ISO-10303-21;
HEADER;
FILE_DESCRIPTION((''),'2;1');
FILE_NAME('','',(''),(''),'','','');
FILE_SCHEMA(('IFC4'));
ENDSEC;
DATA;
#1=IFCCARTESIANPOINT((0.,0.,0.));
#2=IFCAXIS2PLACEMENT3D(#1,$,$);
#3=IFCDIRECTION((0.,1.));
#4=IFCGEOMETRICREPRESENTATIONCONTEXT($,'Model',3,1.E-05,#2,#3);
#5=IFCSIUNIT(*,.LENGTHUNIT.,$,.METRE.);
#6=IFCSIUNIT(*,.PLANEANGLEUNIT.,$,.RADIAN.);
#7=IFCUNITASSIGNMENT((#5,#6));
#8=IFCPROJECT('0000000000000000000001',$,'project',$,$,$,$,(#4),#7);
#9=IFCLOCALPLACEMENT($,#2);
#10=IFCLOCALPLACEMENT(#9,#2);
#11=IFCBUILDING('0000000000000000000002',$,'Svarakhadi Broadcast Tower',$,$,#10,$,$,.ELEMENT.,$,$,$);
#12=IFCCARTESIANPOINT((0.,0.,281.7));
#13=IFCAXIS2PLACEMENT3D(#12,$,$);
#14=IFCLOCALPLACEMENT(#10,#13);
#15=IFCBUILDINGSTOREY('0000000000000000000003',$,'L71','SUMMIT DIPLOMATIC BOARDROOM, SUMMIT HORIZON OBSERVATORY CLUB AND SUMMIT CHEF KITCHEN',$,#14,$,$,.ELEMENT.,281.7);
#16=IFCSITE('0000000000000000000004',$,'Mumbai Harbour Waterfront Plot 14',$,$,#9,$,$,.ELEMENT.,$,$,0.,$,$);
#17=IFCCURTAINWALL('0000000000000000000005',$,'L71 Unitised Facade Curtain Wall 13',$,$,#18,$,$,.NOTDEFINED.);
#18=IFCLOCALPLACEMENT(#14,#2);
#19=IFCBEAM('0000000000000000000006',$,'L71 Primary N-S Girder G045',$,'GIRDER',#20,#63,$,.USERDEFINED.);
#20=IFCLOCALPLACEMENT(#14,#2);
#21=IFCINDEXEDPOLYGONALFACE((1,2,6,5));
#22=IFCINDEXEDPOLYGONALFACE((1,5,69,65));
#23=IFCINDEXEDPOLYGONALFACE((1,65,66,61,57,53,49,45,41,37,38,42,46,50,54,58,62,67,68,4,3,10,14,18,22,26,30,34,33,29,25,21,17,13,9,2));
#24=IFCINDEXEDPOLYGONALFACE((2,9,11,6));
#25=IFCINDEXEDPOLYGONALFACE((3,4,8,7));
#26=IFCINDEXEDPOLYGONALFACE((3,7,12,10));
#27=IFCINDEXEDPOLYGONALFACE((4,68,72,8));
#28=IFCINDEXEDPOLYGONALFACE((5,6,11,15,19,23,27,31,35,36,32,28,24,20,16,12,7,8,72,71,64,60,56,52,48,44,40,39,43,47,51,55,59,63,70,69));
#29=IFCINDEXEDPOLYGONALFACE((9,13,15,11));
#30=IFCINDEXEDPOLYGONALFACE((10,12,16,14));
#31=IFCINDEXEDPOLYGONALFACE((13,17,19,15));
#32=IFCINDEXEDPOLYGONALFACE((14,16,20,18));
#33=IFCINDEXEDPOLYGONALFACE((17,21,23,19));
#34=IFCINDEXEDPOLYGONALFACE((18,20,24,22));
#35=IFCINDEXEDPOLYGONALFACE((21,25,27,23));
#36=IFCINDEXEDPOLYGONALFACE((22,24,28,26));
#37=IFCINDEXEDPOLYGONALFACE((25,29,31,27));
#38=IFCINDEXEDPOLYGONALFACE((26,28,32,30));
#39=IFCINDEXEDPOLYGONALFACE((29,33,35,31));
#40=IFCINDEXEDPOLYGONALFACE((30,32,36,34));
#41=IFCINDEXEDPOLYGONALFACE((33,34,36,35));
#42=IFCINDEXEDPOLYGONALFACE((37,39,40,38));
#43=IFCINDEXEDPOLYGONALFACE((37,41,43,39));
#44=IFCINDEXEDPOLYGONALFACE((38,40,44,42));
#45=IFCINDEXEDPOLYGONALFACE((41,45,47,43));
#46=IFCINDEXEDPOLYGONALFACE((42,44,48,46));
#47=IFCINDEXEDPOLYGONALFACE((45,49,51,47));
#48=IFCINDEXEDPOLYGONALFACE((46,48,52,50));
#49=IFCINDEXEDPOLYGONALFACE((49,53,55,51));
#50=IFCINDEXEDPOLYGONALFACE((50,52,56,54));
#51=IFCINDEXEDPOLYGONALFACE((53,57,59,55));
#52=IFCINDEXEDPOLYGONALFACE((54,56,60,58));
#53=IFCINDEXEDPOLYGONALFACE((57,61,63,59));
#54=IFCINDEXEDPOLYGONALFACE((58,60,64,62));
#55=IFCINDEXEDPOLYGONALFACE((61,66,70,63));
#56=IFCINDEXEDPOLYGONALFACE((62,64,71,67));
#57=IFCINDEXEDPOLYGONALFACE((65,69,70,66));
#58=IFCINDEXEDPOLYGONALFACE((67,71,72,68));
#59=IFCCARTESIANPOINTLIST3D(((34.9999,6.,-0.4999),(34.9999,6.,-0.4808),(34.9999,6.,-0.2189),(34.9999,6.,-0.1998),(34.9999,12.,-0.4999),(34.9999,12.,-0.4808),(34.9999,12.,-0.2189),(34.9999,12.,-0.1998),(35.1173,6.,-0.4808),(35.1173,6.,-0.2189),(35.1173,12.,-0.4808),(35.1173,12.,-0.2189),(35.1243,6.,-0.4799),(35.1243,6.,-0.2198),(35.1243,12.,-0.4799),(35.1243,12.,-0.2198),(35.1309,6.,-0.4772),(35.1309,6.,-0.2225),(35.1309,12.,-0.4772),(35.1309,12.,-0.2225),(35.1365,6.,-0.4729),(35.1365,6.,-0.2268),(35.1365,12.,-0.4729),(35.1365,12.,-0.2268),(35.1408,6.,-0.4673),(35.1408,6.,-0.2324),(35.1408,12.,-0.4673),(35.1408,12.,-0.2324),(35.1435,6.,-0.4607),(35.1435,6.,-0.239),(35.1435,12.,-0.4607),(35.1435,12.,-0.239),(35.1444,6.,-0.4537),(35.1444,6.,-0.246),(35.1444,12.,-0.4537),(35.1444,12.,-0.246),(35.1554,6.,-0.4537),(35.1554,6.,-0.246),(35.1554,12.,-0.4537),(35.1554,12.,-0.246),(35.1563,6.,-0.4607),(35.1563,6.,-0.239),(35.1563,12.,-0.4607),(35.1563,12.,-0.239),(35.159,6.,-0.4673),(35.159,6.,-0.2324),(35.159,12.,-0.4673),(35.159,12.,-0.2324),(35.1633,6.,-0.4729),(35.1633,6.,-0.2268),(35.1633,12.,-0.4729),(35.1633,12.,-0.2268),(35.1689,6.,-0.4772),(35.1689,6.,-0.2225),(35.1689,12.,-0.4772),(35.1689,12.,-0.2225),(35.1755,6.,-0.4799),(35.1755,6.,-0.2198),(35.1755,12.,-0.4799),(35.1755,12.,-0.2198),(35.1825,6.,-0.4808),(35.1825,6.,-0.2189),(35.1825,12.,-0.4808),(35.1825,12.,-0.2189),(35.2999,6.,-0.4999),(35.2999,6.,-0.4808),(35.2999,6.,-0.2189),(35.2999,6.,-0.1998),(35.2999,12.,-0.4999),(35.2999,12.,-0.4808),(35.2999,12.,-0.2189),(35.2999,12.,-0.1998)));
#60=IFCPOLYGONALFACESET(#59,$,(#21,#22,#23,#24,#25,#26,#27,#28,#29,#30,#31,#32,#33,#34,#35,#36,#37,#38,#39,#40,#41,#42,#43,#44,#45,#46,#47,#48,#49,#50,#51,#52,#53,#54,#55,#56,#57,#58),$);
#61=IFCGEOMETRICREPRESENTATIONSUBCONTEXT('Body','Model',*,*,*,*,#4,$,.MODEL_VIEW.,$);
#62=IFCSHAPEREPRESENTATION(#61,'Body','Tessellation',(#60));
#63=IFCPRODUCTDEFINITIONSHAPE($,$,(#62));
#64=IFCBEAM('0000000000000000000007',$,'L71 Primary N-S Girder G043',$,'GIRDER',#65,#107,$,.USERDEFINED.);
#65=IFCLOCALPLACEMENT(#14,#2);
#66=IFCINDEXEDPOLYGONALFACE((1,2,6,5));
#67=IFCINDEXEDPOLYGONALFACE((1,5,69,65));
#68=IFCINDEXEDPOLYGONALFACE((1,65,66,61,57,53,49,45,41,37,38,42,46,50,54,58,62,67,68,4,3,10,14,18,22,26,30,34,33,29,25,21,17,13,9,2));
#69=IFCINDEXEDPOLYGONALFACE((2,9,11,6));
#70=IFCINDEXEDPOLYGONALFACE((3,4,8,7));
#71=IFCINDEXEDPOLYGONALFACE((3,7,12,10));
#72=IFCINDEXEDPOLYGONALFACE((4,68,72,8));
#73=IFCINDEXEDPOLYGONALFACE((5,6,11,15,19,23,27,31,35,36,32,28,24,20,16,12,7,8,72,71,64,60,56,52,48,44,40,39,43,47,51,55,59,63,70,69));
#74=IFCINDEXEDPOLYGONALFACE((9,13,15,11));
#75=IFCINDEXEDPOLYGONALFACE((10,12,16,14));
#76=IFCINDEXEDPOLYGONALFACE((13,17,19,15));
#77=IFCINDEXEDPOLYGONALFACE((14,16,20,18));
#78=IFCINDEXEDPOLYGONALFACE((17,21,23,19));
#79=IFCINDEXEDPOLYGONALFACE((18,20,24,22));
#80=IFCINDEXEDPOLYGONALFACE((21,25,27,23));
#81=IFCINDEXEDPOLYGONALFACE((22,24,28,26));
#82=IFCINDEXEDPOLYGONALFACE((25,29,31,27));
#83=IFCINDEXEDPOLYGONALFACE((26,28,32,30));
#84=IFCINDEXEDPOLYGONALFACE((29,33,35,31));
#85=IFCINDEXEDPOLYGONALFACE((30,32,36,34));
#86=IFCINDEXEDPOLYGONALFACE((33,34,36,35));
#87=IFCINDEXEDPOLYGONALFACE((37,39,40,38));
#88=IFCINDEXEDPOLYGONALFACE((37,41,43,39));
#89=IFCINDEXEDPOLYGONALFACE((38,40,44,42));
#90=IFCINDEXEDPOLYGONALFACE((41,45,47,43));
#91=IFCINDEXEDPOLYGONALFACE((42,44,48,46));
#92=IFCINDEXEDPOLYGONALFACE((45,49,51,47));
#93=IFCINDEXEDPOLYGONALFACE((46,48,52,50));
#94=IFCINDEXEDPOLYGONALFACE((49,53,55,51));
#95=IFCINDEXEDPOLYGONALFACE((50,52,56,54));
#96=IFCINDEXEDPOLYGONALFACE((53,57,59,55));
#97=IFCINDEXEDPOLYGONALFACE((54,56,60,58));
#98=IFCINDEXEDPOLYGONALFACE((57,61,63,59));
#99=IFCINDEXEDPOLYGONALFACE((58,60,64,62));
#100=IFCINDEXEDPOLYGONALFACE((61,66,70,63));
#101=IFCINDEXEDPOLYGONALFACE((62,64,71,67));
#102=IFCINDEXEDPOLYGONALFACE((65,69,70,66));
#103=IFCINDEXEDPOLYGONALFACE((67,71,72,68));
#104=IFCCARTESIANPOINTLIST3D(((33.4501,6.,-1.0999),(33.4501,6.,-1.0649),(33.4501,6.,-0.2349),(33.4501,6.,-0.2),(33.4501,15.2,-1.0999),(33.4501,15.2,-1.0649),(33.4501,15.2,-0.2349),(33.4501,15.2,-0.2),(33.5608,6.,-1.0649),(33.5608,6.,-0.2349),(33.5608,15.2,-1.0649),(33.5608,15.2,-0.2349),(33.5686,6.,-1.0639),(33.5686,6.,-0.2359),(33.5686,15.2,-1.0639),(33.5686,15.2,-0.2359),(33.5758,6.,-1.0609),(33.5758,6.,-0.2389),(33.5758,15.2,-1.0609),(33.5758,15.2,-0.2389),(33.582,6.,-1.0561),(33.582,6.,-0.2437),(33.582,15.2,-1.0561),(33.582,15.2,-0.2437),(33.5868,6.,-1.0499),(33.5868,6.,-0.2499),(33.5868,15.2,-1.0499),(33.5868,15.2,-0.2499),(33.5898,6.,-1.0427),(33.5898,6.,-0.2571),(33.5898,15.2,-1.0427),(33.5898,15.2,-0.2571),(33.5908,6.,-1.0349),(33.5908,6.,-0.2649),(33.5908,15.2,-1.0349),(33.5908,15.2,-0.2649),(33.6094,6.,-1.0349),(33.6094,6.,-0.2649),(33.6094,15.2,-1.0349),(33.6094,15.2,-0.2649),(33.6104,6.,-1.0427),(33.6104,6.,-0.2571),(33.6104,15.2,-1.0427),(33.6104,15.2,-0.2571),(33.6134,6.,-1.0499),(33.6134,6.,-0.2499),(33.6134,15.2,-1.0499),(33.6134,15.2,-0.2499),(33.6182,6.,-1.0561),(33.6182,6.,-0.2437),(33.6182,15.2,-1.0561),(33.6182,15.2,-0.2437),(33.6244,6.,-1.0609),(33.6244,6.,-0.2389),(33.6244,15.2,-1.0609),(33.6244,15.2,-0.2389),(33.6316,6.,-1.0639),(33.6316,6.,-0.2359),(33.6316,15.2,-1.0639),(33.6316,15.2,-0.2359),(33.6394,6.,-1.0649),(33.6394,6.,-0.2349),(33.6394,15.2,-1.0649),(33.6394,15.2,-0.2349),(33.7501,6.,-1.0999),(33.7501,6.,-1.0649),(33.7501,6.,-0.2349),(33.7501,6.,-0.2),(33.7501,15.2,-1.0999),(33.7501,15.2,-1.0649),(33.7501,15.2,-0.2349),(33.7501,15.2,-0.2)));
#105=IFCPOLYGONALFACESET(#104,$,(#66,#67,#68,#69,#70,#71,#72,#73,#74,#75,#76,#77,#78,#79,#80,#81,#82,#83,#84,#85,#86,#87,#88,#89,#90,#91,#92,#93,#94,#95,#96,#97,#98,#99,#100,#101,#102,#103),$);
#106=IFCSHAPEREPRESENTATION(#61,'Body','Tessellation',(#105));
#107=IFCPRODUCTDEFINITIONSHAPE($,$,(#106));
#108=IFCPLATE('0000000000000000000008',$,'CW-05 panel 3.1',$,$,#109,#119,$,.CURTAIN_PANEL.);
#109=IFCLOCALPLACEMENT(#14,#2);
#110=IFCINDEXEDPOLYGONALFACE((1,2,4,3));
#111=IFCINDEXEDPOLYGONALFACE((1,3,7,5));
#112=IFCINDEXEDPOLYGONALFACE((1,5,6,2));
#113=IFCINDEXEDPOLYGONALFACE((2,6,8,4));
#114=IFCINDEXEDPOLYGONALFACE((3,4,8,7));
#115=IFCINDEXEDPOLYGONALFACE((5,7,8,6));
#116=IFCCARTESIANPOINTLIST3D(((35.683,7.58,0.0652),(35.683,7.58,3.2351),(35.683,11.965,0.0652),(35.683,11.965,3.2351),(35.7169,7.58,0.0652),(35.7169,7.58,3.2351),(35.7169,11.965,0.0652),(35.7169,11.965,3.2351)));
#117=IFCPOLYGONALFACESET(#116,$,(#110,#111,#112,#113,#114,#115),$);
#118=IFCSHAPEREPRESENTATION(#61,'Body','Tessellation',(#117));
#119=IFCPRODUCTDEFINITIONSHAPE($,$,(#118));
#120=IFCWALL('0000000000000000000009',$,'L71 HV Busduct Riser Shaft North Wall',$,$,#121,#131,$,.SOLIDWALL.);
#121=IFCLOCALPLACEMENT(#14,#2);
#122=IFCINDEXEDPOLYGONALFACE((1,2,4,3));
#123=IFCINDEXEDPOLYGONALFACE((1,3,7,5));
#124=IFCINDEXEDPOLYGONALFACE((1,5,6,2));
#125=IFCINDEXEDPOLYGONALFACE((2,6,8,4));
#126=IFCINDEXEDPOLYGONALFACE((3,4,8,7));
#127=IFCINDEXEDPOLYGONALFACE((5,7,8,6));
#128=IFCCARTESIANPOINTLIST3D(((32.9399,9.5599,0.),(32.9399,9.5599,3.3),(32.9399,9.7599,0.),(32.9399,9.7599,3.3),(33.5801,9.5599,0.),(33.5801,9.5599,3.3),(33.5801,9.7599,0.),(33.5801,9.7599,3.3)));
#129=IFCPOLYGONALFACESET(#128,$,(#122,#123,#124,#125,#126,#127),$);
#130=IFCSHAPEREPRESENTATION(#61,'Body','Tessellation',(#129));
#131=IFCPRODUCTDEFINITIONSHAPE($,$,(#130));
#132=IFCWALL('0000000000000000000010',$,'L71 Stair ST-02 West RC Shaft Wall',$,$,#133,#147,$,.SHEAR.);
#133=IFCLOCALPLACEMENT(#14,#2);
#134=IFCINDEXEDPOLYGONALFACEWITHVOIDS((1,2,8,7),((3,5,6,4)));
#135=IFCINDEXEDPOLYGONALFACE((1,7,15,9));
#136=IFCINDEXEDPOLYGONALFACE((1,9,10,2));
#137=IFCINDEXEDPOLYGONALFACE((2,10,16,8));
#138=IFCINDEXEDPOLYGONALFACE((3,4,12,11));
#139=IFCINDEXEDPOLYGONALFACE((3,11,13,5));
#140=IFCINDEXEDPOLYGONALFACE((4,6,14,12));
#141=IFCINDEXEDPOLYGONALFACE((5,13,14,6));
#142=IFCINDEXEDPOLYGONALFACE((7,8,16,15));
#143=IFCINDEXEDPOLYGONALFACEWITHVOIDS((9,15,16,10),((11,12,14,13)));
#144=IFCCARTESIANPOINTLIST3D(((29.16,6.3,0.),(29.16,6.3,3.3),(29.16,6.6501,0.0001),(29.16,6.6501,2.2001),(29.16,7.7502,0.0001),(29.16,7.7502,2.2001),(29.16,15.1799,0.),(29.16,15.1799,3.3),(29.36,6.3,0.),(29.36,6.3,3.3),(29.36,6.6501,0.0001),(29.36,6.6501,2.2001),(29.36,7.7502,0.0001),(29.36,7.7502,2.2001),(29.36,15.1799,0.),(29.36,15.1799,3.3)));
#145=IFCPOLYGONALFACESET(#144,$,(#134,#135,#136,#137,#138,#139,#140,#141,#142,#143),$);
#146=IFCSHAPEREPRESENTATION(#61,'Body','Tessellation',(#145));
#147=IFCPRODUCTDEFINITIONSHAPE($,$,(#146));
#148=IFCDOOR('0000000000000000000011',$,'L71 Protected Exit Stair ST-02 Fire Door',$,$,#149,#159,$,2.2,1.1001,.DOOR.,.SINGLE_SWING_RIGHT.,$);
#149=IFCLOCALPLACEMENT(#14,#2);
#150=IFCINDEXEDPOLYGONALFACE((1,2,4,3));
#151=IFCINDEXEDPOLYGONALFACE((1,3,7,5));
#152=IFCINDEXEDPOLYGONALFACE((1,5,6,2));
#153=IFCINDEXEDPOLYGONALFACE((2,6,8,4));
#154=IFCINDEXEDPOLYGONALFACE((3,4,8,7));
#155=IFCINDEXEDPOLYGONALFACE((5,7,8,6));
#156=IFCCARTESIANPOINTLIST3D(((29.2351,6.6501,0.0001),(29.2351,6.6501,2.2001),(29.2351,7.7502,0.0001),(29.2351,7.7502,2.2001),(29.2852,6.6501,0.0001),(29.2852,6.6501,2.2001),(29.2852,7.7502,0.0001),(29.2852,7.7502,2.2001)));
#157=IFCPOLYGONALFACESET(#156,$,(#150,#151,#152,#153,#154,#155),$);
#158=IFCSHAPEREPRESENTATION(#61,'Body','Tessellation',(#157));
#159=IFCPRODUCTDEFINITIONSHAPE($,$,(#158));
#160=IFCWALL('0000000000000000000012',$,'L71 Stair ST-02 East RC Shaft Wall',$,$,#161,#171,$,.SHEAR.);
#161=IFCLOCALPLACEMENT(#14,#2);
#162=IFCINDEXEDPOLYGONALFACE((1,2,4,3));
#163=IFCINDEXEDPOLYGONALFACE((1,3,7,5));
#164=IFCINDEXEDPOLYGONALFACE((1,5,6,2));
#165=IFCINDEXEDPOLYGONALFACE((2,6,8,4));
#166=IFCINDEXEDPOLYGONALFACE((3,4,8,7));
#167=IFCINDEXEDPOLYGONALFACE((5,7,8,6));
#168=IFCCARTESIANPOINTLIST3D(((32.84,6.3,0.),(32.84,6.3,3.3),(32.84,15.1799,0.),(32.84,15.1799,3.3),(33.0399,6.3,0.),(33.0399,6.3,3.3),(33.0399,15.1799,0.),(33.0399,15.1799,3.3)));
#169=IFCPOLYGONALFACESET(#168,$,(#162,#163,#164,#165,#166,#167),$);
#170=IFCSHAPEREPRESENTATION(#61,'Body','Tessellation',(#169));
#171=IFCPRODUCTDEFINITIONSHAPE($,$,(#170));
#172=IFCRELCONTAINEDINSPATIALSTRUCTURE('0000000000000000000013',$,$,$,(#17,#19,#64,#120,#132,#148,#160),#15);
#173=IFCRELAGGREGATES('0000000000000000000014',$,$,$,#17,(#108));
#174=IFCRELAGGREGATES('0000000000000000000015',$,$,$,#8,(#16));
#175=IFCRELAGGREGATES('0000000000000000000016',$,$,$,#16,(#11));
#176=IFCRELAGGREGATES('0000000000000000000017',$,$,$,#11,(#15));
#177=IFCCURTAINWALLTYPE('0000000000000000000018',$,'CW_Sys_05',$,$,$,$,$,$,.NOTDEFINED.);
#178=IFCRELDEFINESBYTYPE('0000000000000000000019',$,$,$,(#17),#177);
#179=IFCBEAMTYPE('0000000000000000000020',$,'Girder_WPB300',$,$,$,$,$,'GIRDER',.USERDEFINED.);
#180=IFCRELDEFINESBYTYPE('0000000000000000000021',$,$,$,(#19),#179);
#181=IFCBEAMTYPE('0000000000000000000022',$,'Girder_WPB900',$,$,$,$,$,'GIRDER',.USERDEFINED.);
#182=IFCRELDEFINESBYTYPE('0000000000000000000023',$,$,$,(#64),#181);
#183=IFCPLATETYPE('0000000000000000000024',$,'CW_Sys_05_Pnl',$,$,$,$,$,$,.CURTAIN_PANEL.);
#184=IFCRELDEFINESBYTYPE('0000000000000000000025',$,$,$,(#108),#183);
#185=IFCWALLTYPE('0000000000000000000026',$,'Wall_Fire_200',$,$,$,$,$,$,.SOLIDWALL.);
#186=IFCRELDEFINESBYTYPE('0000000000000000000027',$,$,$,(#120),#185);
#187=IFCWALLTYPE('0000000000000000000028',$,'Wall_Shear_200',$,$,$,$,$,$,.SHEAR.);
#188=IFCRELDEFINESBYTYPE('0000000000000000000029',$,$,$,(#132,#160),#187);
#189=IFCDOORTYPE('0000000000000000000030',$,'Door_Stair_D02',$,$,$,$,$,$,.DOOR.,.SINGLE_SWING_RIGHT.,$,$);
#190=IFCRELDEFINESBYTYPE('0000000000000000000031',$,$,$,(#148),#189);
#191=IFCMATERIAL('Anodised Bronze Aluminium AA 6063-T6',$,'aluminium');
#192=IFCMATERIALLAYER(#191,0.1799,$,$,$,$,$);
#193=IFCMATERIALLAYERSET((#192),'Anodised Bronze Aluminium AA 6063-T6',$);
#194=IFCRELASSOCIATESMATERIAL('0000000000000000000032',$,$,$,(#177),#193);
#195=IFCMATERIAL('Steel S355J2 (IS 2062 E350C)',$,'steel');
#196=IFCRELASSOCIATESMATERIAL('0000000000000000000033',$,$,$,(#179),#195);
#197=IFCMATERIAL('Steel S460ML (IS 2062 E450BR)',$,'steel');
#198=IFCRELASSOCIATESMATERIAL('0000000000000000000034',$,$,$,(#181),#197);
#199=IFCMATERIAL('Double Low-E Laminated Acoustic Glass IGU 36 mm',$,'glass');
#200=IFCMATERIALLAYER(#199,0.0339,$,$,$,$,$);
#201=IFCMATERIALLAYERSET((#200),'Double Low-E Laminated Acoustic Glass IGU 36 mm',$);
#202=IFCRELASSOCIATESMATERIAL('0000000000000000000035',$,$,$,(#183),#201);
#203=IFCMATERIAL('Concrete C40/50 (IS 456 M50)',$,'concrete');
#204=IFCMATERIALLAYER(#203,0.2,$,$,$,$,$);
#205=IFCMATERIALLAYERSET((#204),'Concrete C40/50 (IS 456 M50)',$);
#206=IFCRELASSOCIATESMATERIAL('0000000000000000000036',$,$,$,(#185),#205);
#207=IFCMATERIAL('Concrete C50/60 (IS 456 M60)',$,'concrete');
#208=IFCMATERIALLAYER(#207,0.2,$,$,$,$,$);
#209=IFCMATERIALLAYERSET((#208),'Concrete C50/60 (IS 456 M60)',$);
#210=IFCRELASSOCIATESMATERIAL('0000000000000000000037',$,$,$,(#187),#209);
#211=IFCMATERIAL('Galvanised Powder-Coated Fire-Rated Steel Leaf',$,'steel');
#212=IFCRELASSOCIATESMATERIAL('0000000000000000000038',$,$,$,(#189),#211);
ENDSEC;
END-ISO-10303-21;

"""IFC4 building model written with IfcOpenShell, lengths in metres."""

from ifc_helpers import new_model, si_unit, direction, frame, frame_2d, origin, origin_2d, place, context, subcontext, project, spatial, rectangle, i_section, extrude, material, layer, layer_set, material_profile, profile_set, type_object, element, fill, aggregate, save


model = new_model("IFC4")

# Units and contexts
model_context = context("Model", 3, precision=1e-05, world=origin(), true_north=direction((0.0, 1.0)))
body_context = subcontext(model_context, "Body", "Model", "MODEL_VIEW")
ifc_project = project(units=[si_unit("LENGTHUNIT", "METRE"), si_unit("PLANEANGLEUNIT", "RADIAN")], contexts=[model_context])

# Site, building, storey
site_placement = place(None, origin())
site = spatial("IfcSite", under=ifc_project, at=site_placement, Name="Mumbai Harbour Waterfront Plot 14", CompositionType="ELEMENT", RefElevation=0.0)
building_placement = place(site_placement, origin())
building = spatial("IfcBuilding", under=site, at=building_placement, Name="Svarakhadi Broadcast Tower", CompositionType="ELEMENT")
storey_placement = place(building_placement, frame((0.0, 0.0, 281.7)))
storey = spatial("IfcBuildingStorey", under=building, at=storey_placement, Name="L71", Description="SUMMIT DIPLOMATIC BOARDROOM, SUMMIT HORIZON OBSERVATORY CLUB AND SUMMIT CHEF KITCHEN", CompositionType="ELEMENT", Elevation=281.7)

# Shared definitions
ifc_material_1 = material(Name="Steel S460ML (IS 2062 E450BR)", Category="steel")

# Curtain wall
ifc_material_2 = material(Name="Anodised Bronze Aluminium AA 6063-T6", Category="aluminium")
ifc_layer_1 = layer(ifc_material_2, 0.1799)
ifc_layer_set_1 = layer_set([ifc_layer_1], Name="Anodised Bronze Aluminium AA 6063-T6")
curtain_wall_type = type_object("IfcCurtainWallType", Name="CW_Sys_05", PredefinedType="NOTDEFINED", material=ifc_layer_set_1)
curtain_wall_placement = place(storey_placement, origin())
curtain_wall = element("IfcCurtainWall", 1, at=curtain_wall_placement, inside=storey, type_object=curtain_wall_type, Name="L71 Unitised Facade Curtain Wall 13", PredefinedType="NOTDEFINED")

# Beams
ifc_material_3 = material(Name="Concrete C50/60 (IS 456 M60)", Category="concrete")
ifc_material_4 = material(Name="Steel S355J2 (IS 2062 E350C)", Category="steel")
ifc_material_profile_1 = material_profile(ifc_material_4, i_section(OverallWidth=0.3, OverallDepth=0.3, WebThickness=0.011, FlangeThickness=0.019, FilletRadius=0.0271, at=origin_2d()), Name="WPB 300x300x117")
ifc_profile_set_1 = profile_set([ifc_material_profile_1], Name="Steel S355J2 (IS 2062 E350C)")
beam_type_1 = type_object("IfcBeamType", Name="Girder_WPB300", ElementType="GIRDER", PredefinedType="USERDEFINED", material=ifc_profile_set_1)
beam_1_placement = place(storey_placement, frame((35.1499, 6.0, -0.3499), z_axis=(0.0, 1.0, 0.0), x_axis=(-1.0, 0.0, 0.0)))
element("IfcBeam", 2, at=beam_1_placement, inside=storey, type_object=beam_type_1, Name="L71 Primary N-S Girder G045", ObjectType="GIRDER", PredefinedType="USERDEFINED", context=body_context, shape_type="SweptSolid", body=[
    extrude(i_section(OverallWidth=0.3, OverallDepth=0.3, WebThickness=0.011, FlangeThickness=0.019, FilletRadius=0.0271, at=origin_2d()), origin(), (0.0, 0.0, 1.0), 6.0),
])
ifc_material_profile_2 = material_profile(ifc_material_1, i_section(OverallWidth=0.3, OverallDepth=0.8999, WebThickness=0.0186, FlangeThickness=0.0349, FilletRadius=0.03, at=origin_2d()), Name="WPB 900x300x291")
ifc_profile_set_2 = profile_set([ifc_material_profile_2], Name="Steel S460ML (IS 2062 E450BR)")
beam_type_2 = type_object("IfcBeamType", Name="Girder_WPB900", ElementType="GIRDER", PredefinedType="USERDEFINED", material=ifc_profile_set_2)
beam_2_placement = place(storey_placement, frame((33.6001, 6.0, -0.6499), z_axis=(0.0, 1.0, 0.0), x_axis=(-1.0, 0.0, 0.0)))
element("IfcBeam", 3, at=beam_2_placement, inside=storey, type_object=beam_type_2, Name="L71 Primary N-S Girder G043", ObjectType="GIRDER", PredefinedType="USERDEFINED", context=body_context, shape_type="SweptSolid", body=[
    extrude(i_section(OverallWidth=0.3, OverallDepth=0.8999, WebThickness=0.0186, FlangeThickness=0.0349, FilletRadius=0.03, at=origin_2d()), origin(), (0.0, 0.0, 1.0), 9.2),
])

# Plate
ifc_material_5 = material(Name="Double Low-E Laminated Acoustic Glass IGU 36 mm", Category="glass")
ifc_layer_2 = layer(ifc_material_5, 0.0339)
ifc_layer_set_2 = layer_set([ifc_layer_2], Name="Double Low-E Laminated Acoustic Glass IGU 36 mm")
plate_type = type_object("IfcPlateType", Name="CW_Sys_05_Pnl", PredefinedType="CURTAIN_PANEL", material=ifc_layer_set_2)
plate_placement = place(storey_placement, frame((35.7, 9.7725, 0.0652), z_axis=(0.0, 0.0, 1.0), x_axis=(0.0, -1.0, 0.0)))
plate = element("IfcPlate", 4, at=plate_placement, type_object=plate_type, Name="CW-05 panel 3.1", PredefinedType="CURTAIN_PANEL", context=body_context, shape_type="SweptSolid", body=[
    extrude(rectangle(XDim=4.385, YDim=0.0339, at=origin_2d()), origin(), (0.0, 0.0, 1.0), 3.1699),
])
aggregate(curtain_wall, [plate])

# Wall
ifc_material_6 = material(Name="Concrete C40/50 (IS 456 M50)", Category="concrete")
ifc_layer_3 = layer(ifc_material_6, 0.2)
ifc_layer_set_3 = layer_set([ifc_layer_3], Name="Concrete C40/50 (IS 456 M50)")
wall_type_1 = type_object("IfcWallType", Name="Wall_Fire_200", PredefinedType="SOLIDWALL", material=ifc_layer_set_3)
wall_1_placement = place(storey_placement, frame((32.9399, 9.6599, 0.0), z_axis=(0.0, 0.0, 1.0), x_axis=(1.0, 0.0, 0.0)))
element("IfcWall", 5, at=wall_1_placement, inside=storey, type_object=wall_type_1, Name="L71 HV Busduct Riser Shaft North Wall", PredefinedType="SOLIDWALL", context=body_context, shape_type="SweptSolid", body=[
    extrude(rectangle(XDim=0.6401, YDim=0.2, at=frame_2d((0.3201, 0.0))), origin(), (0.0, 0.0, 1.0), 3.3),
])

# Wall, opening, door
ifc_layer_4 = layer(ifc_material_3, 0.2)
ifc_layer_set_4 = layer_set([ifc_layer_4], Name="Concrete C50/60 (IS 456 M60)")
wall_type_2 = type_object("IfcWallType", Name="Wall_Shear_200", PredefinedType="SHEAR", material=ifc_layer_set_4)
wall_2_placement = place(storey_placement, frame((29.26, 6.3, 0.0), z_axis=(0.0, 0.0, 1.0), x_axis=(0.0, 1.0, 0.0)))
wall_2 = element("IfcWall", 6, at=wall_2_placement, inside=storey, type_object=wall_type_2, Name="L71 Stair ST-02 West RC Shaft Wall", PredefinedType="SHEAR", context=body_context, shape_type="SweptSolid", body=[
    extrude(rectangle(XDim=8.8799, YDim=0.2, at=frame_2d((4.4399, 0.0))), origin(), (0.0, 0.0, 1.0), 3.3),
])
opening_1_placement = place(wall_2_placement, frame((0.3501, 0.0, 0.0)))
opening_1 = element("IfcOpeningElement", 7, at=opening_1_placement, cuts=wall_2, PredefinedType="OPENING", context=body_context, shape_type="SweptSolid", body=[
    extrude(rectangle(XDim=1.1001, YDim=2.2, at=frame_2d((0.55, 1.1001))), frame((0.0, 0.1099, 0.0), z_axis=(0.0, -1.0, 0.0), x_axis=(1.0, 0.0, 0.0)), (0.0, 0.0, 1.0), 0.22),
])
ifc_material_7 = material(Name="Galvanised Powder-Coated Fire-Rated Steel Leaf", Category="steel")
door_type_1 = type_object("IfcDoorType", Name="Door_Stair_D02", OperationType="SINGLE_SWING_RIGHT", PredefinedType="DOOR", material=ifc_material_7)
door_1_placement = place(opening_1_placement, origin())
door_1 = element("IfcDoor", 8, at=door_1_placement, inside=storey, type_object=door_type_1, Name="L71 Protected Exit Stair ST-02 Fire Door", OperationType="SINGLE_SWING_RIGHT", OverallHeight=2.2, OverallWidth=1.1001, PredefinedType="DOOR", context=body_context, shape_type="SweptSolid", body=[
    extrude(rectangle(XDim=1.1001, YDim=2.2, at=frame_2d((0.55, 1.1001))), frame((0.0, 0.0249, 0.0), z_axis=(0.0, -1.0, 0.0), x_axis=(1.0, 0.0, 0.0)), (0.0, 0.0, 1.0), 0.05),
])
fill(opening_1, door_1)

# Wall
wall_3_placement = place(storey_placement, frame((32.9399, 6.3, 0.0), z_axis=(0.0, 0.0, 1.0), x_axis=(0.0, 1.0, 0.0)))
element("IfcWall", 9, at=wall_3_placement, inside=storey, type_object=wall_type_2, Name="L71 Stair ST-02 East RC Shaft Wall", PredefinedType="SHEAR", context=body_context, shape_type="SweptSolid", body=[
    extrude(rectangle(XDim=8.8799, YDim=0.2, at=frame_2d((4.4399, 0.0))), origin(), (0.0, 0.0, 1.0), 3.3),
])

save(model, "model.ifc")
